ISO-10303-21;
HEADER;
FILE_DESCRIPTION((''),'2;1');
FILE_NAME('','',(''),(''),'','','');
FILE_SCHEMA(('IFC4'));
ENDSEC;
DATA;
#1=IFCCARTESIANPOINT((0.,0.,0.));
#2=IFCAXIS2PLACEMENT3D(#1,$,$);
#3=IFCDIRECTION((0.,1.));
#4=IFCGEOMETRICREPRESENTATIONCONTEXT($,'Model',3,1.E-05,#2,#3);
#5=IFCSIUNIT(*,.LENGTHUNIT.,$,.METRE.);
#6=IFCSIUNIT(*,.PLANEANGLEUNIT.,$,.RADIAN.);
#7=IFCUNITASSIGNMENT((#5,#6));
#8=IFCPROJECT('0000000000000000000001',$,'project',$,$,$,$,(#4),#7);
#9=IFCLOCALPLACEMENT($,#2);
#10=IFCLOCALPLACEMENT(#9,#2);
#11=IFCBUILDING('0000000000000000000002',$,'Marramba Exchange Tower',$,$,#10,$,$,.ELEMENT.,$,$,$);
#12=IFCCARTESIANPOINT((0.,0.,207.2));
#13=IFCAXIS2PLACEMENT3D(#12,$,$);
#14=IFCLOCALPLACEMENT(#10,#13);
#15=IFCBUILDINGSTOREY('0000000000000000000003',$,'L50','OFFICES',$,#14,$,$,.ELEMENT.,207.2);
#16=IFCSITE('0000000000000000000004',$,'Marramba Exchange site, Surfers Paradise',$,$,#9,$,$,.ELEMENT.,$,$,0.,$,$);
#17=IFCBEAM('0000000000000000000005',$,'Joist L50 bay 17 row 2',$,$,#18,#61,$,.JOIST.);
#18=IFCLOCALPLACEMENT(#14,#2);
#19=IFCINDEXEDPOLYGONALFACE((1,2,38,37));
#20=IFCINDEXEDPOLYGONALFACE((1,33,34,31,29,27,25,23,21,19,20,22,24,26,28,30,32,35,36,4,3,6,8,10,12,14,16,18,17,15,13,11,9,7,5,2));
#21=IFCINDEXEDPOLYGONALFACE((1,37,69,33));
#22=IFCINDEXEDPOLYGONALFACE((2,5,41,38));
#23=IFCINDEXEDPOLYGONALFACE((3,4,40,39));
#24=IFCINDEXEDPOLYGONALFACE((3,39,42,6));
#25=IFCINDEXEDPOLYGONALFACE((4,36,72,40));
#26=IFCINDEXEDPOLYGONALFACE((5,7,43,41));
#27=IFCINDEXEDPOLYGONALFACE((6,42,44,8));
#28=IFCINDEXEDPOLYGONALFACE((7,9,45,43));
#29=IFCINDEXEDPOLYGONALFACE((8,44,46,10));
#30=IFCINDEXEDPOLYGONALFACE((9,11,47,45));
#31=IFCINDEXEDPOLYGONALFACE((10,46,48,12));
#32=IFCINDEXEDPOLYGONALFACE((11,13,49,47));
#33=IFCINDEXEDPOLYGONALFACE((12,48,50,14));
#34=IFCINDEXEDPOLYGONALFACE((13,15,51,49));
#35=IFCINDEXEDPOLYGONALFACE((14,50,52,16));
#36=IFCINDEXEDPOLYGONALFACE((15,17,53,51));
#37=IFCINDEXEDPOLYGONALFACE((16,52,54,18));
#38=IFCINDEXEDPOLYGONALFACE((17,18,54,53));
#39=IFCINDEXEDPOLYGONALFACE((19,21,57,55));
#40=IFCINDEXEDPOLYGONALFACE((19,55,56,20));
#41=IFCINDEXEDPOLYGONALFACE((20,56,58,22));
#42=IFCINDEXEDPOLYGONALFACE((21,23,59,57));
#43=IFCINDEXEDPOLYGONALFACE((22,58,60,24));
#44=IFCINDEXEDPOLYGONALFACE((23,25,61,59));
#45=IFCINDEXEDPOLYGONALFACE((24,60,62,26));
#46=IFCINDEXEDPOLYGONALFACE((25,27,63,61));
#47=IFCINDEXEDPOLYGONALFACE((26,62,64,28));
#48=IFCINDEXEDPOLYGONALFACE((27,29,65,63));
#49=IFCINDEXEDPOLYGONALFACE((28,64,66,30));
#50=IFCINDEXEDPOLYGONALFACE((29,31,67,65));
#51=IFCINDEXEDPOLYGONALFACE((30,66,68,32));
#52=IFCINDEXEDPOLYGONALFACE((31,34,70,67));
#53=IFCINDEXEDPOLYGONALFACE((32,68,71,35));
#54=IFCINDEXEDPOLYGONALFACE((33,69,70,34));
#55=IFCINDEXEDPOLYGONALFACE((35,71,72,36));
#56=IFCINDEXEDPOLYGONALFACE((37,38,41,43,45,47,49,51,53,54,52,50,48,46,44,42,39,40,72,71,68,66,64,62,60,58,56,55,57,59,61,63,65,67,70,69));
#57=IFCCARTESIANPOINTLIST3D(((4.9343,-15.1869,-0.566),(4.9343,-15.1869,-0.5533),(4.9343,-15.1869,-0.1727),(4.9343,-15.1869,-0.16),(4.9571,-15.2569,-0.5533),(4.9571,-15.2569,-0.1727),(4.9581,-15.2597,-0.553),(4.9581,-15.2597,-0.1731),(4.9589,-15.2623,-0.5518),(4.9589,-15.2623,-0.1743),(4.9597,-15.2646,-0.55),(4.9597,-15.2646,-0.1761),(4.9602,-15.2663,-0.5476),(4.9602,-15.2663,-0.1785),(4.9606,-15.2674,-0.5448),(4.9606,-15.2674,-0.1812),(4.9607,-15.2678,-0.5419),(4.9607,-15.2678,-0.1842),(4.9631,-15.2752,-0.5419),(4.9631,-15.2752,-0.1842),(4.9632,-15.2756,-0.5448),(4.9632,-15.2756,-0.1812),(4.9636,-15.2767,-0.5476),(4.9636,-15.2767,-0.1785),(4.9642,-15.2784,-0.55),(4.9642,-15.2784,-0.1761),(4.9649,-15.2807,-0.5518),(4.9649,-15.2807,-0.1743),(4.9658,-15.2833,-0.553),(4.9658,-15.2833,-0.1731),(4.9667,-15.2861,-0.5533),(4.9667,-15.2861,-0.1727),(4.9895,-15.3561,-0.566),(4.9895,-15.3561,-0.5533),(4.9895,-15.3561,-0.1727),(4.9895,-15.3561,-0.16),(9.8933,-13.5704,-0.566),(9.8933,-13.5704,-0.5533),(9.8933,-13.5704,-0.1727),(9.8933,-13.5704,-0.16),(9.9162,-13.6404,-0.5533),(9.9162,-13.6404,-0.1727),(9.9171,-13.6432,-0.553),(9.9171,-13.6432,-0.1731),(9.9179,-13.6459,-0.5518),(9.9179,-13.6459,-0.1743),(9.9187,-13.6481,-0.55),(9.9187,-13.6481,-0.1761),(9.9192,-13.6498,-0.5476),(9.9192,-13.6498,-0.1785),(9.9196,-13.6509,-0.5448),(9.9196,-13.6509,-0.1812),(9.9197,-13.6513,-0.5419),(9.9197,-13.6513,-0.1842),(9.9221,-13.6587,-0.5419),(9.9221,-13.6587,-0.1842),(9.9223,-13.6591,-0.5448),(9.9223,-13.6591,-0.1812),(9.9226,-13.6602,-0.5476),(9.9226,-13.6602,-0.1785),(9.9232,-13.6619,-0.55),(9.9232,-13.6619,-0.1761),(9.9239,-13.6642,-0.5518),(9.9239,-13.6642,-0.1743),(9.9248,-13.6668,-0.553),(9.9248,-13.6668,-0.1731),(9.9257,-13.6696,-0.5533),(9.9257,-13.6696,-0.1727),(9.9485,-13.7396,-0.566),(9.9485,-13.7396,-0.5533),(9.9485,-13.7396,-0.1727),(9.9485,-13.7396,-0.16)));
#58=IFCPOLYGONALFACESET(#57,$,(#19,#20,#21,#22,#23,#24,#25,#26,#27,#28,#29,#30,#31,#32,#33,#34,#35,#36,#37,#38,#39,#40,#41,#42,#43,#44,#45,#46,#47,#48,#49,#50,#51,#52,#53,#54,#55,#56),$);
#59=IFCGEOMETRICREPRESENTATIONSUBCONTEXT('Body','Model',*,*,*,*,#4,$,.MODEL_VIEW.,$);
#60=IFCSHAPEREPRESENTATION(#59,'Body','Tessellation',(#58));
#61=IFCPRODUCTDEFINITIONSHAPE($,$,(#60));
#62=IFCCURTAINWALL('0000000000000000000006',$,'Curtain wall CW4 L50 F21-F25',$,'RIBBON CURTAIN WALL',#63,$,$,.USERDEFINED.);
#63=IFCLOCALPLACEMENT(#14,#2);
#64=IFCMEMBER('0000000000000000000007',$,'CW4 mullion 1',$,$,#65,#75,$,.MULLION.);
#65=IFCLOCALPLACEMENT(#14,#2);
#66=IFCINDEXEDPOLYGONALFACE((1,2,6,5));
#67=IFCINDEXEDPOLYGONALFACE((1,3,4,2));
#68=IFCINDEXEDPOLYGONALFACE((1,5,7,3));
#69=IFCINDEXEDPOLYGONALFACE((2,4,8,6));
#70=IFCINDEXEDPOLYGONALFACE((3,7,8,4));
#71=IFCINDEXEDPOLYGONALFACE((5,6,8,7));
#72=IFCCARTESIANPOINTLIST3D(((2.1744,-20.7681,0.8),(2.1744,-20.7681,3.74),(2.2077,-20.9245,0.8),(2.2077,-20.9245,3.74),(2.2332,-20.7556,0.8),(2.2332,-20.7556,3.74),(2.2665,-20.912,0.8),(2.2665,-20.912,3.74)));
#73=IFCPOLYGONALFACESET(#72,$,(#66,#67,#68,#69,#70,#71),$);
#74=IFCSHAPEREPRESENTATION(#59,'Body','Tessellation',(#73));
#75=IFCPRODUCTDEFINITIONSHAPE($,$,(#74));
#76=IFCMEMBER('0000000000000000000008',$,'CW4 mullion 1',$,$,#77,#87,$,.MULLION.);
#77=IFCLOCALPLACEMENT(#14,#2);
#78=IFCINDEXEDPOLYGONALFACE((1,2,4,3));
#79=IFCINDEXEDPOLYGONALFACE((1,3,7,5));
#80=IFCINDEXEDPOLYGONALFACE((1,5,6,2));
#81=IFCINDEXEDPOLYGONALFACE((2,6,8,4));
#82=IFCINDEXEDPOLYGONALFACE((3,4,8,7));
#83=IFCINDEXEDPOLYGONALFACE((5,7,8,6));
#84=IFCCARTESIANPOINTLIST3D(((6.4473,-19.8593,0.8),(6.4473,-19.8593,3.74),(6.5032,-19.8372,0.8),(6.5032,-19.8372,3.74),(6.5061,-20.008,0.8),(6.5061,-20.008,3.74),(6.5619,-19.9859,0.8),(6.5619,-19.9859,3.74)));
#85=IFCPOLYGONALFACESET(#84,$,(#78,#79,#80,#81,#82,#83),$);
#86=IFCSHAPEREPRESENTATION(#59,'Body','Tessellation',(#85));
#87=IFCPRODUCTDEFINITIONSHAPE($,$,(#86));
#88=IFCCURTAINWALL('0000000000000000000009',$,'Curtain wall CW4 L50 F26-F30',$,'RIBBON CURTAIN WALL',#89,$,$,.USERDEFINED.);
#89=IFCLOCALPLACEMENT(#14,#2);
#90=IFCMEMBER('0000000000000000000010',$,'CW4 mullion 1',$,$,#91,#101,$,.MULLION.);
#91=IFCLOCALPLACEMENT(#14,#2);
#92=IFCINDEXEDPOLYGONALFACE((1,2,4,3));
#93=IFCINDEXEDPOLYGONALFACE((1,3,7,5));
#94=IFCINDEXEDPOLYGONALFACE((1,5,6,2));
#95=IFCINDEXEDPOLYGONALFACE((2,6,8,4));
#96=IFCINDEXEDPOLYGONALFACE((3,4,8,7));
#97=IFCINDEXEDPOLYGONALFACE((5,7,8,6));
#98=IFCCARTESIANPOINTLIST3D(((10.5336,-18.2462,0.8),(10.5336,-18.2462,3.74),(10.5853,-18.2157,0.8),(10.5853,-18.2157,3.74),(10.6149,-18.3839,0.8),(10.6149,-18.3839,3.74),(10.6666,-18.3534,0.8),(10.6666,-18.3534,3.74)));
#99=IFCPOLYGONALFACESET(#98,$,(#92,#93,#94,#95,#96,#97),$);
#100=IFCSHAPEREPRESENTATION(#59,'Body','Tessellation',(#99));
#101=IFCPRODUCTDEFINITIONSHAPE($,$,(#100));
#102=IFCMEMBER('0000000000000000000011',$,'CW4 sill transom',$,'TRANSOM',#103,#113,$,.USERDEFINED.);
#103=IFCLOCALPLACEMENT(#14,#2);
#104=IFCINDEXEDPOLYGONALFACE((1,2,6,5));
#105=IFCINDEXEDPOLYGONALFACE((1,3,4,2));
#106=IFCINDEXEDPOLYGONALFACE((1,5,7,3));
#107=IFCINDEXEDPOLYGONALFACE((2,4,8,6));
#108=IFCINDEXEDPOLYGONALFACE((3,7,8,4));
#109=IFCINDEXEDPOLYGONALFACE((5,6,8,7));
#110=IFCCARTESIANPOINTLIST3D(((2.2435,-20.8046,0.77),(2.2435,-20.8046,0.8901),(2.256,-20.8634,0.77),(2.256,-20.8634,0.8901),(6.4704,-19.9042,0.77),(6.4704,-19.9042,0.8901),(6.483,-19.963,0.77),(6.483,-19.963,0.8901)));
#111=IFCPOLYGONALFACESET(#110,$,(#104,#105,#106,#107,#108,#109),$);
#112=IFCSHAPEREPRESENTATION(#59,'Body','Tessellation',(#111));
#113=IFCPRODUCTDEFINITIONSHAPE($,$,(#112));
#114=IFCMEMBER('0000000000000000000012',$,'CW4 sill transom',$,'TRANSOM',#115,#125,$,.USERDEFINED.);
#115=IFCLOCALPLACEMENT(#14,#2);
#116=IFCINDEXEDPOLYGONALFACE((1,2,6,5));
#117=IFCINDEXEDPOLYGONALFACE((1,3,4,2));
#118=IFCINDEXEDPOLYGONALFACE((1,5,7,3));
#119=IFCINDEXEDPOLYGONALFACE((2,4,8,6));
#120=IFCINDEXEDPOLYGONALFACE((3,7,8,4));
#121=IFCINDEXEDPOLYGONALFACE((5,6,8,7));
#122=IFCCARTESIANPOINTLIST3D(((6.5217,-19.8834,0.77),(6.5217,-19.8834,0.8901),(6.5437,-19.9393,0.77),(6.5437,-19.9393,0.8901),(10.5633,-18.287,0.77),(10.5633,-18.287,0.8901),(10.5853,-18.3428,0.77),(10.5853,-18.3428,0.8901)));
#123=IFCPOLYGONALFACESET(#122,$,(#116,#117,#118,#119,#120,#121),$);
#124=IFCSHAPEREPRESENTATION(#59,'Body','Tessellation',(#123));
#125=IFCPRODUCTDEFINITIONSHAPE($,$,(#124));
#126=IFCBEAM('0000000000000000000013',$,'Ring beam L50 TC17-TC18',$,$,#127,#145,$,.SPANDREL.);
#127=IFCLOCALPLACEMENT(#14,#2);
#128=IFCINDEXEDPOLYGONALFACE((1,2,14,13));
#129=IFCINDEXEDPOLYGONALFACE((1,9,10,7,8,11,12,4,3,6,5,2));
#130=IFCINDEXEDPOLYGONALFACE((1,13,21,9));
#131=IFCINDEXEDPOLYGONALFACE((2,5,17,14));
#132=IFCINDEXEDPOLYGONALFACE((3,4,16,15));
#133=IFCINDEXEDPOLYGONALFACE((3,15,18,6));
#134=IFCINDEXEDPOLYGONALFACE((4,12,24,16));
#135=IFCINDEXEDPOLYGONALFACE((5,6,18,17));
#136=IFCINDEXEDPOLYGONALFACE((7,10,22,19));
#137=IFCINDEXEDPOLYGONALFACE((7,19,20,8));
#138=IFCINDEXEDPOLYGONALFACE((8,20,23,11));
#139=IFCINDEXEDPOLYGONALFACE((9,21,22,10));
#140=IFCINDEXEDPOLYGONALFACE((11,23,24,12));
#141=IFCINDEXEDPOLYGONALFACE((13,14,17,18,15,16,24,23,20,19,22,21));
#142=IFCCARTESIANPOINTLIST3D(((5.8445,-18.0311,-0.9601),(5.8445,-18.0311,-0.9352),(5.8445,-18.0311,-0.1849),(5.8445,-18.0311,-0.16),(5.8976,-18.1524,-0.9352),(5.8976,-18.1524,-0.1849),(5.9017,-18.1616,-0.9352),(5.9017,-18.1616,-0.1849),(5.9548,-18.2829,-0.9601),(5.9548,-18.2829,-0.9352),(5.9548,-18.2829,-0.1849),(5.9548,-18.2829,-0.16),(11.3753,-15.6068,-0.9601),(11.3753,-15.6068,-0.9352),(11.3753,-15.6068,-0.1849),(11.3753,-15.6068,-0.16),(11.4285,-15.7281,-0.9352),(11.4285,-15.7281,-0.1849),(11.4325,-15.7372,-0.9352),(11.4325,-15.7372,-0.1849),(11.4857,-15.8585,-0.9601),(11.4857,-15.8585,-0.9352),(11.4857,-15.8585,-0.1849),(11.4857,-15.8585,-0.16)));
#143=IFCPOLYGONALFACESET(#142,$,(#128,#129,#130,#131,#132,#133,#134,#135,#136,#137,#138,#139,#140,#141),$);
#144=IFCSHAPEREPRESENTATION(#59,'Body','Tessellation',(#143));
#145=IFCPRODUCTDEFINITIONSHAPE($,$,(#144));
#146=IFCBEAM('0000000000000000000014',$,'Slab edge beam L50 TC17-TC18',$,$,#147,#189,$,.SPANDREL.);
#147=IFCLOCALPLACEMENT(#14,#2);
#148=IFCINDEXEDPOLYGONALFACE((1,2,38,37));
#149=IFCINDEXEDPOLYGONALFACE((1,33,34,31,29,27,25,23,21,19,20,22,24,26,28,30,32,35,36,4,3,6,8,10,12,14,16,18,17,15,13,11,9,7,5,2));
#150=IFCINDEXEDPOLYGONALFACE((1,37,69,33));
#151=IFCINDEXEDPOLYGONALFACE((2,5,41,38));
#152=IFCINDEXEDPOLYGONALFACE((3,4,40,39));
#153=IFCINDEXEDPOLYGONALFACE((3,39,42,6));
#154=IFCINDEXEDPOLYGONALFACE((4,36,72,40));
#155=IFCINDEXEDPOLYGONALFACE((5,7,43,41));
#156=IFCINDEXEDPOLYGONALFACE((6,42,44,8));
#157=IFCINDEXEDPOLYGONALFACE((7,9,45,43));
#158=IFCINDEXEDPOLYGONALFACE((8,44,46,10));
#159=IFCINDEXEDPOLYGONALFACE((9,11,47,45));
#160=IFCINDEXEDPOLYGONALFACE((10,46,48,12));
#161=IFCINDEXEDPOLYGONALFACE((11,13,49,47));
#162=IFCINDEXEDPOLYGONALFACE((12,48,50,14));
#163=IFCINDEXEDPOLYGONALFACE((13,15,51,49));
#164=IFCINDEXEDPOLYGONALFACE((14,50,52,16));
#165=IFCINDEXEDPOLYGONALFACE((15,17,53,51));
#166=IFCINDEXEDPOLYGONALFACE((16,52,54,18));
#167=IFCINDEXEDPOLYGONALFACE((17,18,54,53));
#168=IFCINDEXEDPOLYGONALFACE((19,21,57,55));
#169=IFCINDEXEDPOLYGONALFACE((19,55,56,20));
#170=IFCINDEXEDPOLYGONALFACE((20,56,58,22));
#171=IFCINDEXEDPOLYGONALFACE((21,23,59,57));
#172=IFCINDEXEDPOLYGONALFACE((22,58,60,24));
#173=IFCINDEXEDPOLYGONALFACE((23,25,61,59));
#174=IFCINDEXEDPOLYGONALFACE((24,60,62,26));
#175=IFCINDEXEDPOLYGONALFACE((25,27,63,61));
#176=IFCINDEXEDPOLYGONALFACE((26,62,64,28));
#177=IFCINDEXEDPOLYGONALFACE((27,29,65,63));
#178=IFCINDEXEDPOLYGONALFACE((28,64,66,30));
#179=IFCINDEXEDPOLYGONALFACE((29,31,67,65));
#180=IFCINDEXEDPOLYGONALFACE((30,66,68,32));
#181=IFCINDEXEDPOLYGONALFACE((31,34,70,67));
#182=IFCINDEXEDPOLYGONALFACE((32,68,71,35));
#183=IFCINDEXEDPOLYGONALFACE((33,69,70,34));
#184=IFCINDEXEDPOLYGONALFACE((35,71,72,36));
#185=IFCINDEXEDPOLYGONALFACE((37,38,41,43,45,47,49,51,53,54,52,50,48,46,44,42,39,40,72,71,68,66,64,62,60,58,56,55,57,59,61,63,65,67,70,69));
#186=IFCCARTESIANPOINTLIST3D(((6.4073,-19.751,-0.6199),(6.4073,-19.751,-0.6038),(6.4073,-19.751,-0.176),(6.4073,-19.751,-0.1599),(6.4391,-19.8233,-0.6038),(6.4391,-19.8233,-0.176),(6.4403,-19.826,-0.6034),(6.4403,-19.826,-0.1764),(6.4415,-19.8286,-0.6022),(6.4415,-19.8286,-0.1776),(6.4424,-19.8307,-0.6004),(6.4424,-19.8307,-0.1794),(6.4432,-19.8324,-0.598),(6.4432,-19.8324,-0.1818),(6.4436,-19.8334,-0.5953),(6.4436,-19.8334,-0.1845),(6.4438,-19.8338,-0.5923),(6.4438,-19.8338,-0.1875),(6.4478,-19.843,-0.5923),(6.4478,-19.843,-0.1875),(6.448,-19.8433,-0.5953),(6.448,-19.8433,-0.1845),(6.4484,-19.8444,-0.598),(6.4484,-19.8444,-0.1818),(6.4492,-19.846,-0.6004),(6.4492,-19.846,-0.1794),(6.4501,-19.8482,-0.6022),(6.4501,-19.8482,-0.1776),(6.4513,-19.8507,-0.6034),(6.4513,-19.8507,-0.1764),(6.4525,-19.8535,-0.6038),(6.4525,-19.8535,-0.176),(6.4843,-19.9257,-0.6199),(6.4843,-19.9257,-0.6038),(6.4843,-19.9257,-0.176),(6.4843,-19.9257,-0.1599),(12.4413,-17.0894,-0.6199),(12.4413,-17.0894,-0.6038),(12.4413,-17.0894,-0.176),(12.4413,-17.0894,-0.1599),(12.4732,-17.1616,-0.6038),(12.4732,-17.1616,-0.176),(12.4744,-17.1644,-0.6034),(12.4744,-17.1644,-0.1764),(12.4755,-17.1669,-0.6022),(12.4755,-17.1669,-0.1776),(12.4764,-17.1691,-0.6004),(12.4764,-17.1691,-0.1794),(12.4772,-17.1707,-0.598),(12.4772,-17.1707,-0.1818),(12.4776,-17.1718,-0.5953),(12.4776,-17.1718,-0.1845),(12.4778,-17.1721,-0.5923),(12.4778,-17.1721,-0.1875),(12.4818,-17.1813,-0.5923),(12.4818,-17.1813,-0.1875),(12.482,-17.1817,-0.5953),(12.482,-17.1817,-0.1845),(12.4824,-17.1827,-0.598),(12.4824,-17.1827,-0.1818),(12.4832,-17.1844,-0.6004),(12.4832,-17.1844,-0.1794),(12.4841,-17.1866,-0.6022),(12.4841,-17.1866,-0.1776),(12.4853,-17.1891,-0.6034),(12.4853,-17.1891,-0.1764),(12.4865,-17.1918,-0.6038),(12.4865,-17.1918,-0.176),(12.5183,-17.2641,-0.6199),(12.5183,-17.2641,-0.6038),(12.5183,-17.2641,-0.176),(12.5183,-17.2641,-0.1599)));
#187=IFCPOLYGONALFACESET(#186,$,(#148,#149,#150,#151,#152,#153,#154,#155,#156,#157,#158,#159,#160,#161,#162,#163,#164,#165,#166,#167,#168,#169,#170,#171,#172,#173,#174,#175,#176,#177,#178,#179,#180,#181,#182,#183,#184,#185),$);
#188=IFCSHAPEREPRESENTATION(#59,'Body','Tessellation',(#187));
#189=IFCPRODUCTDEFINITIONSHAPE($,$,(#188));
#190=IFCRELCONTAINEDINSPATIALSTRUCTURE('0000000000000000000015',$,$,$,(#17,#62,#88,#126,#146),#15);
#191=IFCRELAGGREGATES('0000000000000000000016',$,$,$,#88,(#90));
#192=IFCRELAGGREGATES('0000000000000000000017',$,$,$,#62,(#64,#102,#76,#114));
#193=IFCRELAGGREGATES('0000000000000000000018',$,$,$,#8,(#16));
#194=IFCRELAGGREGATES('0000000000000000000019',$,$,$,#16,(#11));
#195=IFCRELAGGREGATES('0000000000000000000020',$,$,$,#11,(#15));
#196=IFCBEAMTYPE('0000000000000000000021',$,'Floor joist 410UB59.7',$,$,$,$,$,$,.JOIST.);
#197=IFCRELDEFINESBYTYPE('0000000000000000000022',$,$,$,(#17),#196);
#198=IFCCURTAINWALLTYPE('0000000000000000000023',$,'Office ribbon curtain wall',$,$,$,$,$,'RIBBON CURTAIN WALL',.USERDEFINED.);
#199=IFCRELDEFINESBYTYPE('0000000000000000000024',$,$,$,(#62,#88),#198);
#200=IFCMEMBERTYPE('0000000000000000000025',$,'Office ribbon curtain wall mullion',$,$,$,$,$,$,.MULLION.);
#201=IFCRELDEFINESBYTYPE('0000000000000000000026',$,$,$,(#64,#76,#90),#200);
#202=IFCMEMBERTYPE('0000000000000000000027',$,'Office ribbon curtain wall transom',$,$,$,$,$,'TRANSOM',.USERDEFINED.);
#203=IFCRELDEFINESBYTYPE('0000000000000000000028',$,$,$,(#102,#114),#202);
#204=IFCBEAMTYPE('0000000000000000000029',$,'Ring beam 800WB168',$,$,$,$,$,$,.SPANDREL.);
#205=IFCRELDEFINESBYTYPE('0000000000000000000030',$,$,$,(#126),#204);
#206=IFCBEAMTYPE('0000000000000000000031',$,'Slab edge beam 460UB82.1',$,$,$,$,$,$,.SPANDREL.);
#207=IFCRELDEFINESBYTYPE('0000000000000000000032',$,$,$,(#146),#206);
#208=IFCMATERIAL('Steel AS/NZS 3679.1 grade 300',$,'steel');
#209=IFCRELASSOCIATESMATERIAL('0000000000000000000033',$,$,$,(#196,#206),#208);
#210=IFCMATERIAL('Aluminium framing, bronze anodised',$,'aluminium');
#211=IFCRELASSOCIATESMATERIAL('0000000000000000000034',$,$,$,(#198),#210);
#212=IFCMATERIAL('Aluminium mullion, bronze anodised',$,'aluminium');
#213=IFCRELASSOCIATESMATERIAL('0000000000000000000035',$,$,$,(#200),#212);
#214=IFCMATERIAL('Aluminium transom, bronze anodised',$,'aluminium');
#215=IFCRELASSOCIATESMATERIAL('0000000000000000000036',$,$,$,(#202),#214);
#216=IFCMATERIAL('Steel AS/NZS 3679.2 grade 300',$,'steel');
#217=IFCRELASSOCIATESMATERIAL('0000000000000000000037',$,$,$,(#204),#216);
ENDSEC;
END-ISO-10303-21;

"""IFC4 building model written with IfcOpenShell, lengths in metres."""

from ifc_helpers import new_model, si_unit, direction, frame, origin, origin_2d, place, context, subcontext, project, spatial, rectangle, i_section, extrude, material, material_profile, profile_set, type_object, element, aggregate, save


model = new_model("IFC4")

# Units and contexts
model_context = context("Model", 3, precision=1e-05, world=origin(), true_north=direction((0.0, 1.0)))
body_context = subcontext(model_context, "Body", "Model", "MODEL_VIEW")
ifc_project = project(units=[si_unit("LENGTHUNIT", "METRE"), si_unit("PLANEANGLEUNIT", "RADIAN")], contexts=[model_context])

# Site, building, storey
site_placement = place(None, origin())
site = spatial("IfcSite", under=ifc_project, at=site_placement, Name="Marramba Exchange site, Surfers Paradise", CompositionType="ELEMENT", RefElevation=0.0)
building_placement = place(site_placement, origin())
building = spatial("IfcBuilding", under=site, at=building_placement, Name="Marramba Exchange Tower", CompositionType="ELEMENT")
storey_placement = place(building_placement, frame((0.0, 0.0, 207.2)))
storey = spatial("IfcBuildingStorey", under=building, at=storey_placement, Name="L50", Description="OFFICES", CompositionType="ELEMENT", Elevation=207.2)

# Beam
ifc_material_1 = material(Name="Steel AS/NZS 3679.2 grade 300", Category="steel")
ifc_material_2 = material(Name="Steel AS/NZS 3679.1 grade 300", Category="steel")
ifc_material_profile_1 = material_profile(ifc_material_2, i_section(OverallWidth=0.178, OverallDepth=0.406, WebThickness=0.0078, FlangeThickness=0.0127, FilletRadius=0.0115, at=origin_2d()), Name="410UB59.7")
ifc_profile_set_1 = profile_set([ifc_material_profile_1], Name="Steel AS/NZS 3679.1 grade 300")
beam_type_1 = type_object("IfcBeamType", Name="Floor joist 410UB59.7", PredefinedType="JOIST", material=ifc_profile_set_1)
beam_1_placement = place(storey_placement, frame((4.9619, -15.2715, -0.363), z_axis=(0.950764, 0.309916, 0.0), x_axis=(-0.309916, 0.950764, 0.0)))
element("IfcBeam", 1, at=beam_1_placement, inside=storey, type_object=beam_type_1, Name="Joist L50 bay 17 row 2", PredefinedType="JOIST", context=body_context, shape_type="SweptSolid", body=[
    extrude(i_section(OverallWidth=0.178, OverallDepth=0.406, WebThickness=0.0078, FlangeThickness=0.0127, FilletRadius=0.0115, at=origin_2d()), origin(), (0.0, 0.0, 1.0), 5.2158),
])

# Curtain wall, members
ifc_material_3 = material(Name="Aluminium framing, bronze anodised", Category="aluminium")
curtain_wall_type = type_object("IfcCurtainWallType", Name="Office ribbon curtain wall", ElementType="RIBBON CURTAIN WALL", PredefinedType="USERDEFINED", material=ifc_material_3)
curtain_wall_1_placement = place(storey_placement, origin())
curtain_wall_1 = element("IfcCurtainWall", 2, at=curtain_wall_1_placement, inside=storey, type_object=curtain_wall_type, Name="Curtain wall CW4 L50 F21-F25", ObjectType="RIBBON CURTAIN WALL", PredefinedType="USERDEFINED")
ifc_material_4 = material(Name="Aluminium mullion, bronze anodised", Category="aluminium")
ifc_material_profile_2 = material_profile(ifc_material_4, rectangle(XDim=0.1599, YDim=0.0601, at=origin_2d()), Name="CW4 mullion 60x160")
ifc_profile_set_2 = profile_set([ifc_material_profile_2], Name="Aluminium mullion, bronze anodised")
member_type_1 = type_object("IfcMemberType", Name="Office ribbon curtain wall mullion", PredefinedType="MULLION", material=ifc_profile_set_2)
member_1_placement = place(storey_placement, frame((2.2205, -20.8401, 0.8), z_axis=(0.0, 0.0, 1.0), x_axis=(-0.208332, 0.978058, 0.0)))
member_1 = element("IfcMember", 3, at=member_1_placement, type_object=member_type_1, Name="CW4 mullion 1", PredefinedType="MULLION", context=body_context, shape_type="SweptSolid", body=[
    extrude(rectangle(XDim=0.1599, YDim=0.0601, at=origin_2d()), origin(), (0.0, 0.0, 1.0), 2.9399),
])
member_2_placement = place(storey_placement, frame((6.5046, -19.9226, 0.8), z_axis=(0.0, 0.0, 1.0), x_axis=(-0.367375, 0.930073, 0.0)))
member_2 = element("IfcMember", 4, at=member_2_placement, type_object=member_type_1, Name="CW4 mullion 1", PredefinedType="MULLION", context=body_context, shape_type="SweptSolid", body=[
    extrude(rectangle(XDim=0.1599, YDim=0.0601, at=origin_2d()), origin(), (0.0, 0.0, 1.0), 2.9399),
])

# Curtain wall, member
curtain_wall_2_placement = place(storey_placement, origin())
curtain_wall_2 = element("IfcCurtainWall", 5, at=curtain_wall_2_placement, inside=storey, type_object=curtain_wall_type, Name="Curtain wall CW4 L50 F26-F30", ObjectType="RIBBON CURTAIN WALL", PredefinedType="USERDEFINED")
member_3_placement = place(storey_placement, frame((10.6001, -18.2998, 0.8), z_axis=(0.0, 0.0, 1.0), x_axis=(-0.508011, 0.861351, 0.0)))
member_3 = element("IfcMember", 6, at=member_3_placement, type_object=member_type_1, Name="CW4 mullion 1", PredefinedType="MULLION", context=body_context, shape_type="SweptSolid", body=[
    extrude(rectangle(XDim=0.1599, YDim=0.0601, at=origin_2d()), origin(), (0.0, 0.0, 1.0), 2.9399),
])
aggregate(curtain_wall_2, [member_3])

# Members
ifc_material_5 = material(Name="Aluminium transom, bronze anodised", Category="aluminium")
ifc_material_profile_3 = material_profile(ifc_material_5, rectangle(XDim=0.0601, YDim=0.1201, at=origin_2d()), Name="CW4 transom 60x120")
ifc_profile_set_3 = profile_set([ifc_material_profile_3], Name="Aluminium transom, bronze anodised")
member_type_2 = type_object("IfcMemberType", Name="Office ribbon curtain wall transom", ElementType="TRANSOM", PredefinedType="USERDEFINED", material=ifc_profile_set_3)
member_4_placement = place(storey_placement, frame((2.2498, -20.834, 0.8301), z_axis=(0.978058, 0.208333, 0.0), x_axis=(-0.208333, 0.978058, 0.0)))
member_4 = element("IfcMember", 7, at=member_4_placement, type_object=member_type_2, Name="CW4 sill transom", ObjectType="TRANSOM", PredefinedType="USERDEFINED", context=body_context, shape_type="SweptSolid", body=[
    extrude(rectangle(XDim=0.0601, YDim=0.1201, at=origin_2d()), origin(), (0.0, 0.0, 1.0), 4.3218),
])
member_5_placement = place(storey_placement, frame((6.5327, -19.9114, 0.8301), z_axis=(0.930068, 0.367387, 0.0), x_axis=(-0.367387, 0.930068, 0.0)))
member_5 = element("IfcMember", 8, at=member_5_placement, type_object=member_type_2, Name="CW4 sill transom", ObjectType="TRANSOM", PredefinedType="USERDEFINED", context=body_context, shape_type="SweptSolid", body=[
    extrude(rectangle(XDim=0.0601, YDim=0.1201, at=origin_2d()), origin(), (0.0, 0.0, 1.0), 4.3455),
])

# Beams
ifc_material_profile_4 = material_profile(ifc_material_1, i_section(OverallWidth=0.2749, OverallDepth=0.8, WebThickness=0.01, FlangeThickness=0.0249, at=origin_2d()), Name="800WB168")
ifc_profile_set_4 = profile_set([ifc_material_profile_4], Name="Steel AS/NZS 3679.2 grade 300")
beam_type_2 = type_object("IfcBeamType", Name="Ring beam 800WB168", PredefinedType="SPANDREL", material=ifc_profile_set_4)
beam_2_placement = place(storey_placement, frame((5.8997, -18.157, -0.5601), z_axis=(0.915877, 0.401459, 0.0), x_axis=(-0.401459, 0.915877, 0.0)))
element("IfcBeam", 9, at=beam_2_placement, inside=storey, type_object=beam_type_2, Name="Ring beam L50 TC17-TC18", PredefinedType="SPANDREL", context=body_context, shape_type="SweptSolid", body=[
    extrude(i_section(OverallWidth=0.2749, OverallDepth=0.8, WebThickness=0.01, FlangeThickness=0.0249, at=origin_2d()), origin(), (0.0, 0.0, 1.0), 6.0388),
])
ifc_material_profile_5 = material_profile(ifc_material_2, i_section(OverallWidth=0.1909, OverallDepth=0.46, WebThickness=0.01, FlangeThickness=0.0161, FilletRadius=0.0115, at=origin_2d()), Name="460UB82.1")
ifc_profile_set_5 = profile_set([ifc_material_profile_5], Name="Steel AS/NZS 3679.1 grade 300")
beam_type_3 = type_object("IfcBeamType", Name="Slab edge beam 460UB82.1", PredefinedType="SPANDREL", material=ifc_profile_set_5)
beam_3_placement = place(storey_placement, frame((6.4458, -19.8384, -0.3899), z_axis=(0.914941, 0.403588, 0.0), x_axis=(-0.403588, 0.914941, 0.0)))
element("IfcBeam", 10, at=beam_3_placement, inside=storey, type_object=beam_type_3, Name="Slab edge beam L50 TC17-TC18", PredefinedType="SPANDREL", context=body_context, shape_type="SweptSolid", body=[
    extrude(i_section(OverallWidth=0.1909, OverallDepth=0.46, WebThickness=0.01, FlangeThickness=0.0161, FilletRadius=0.0115, at=origin_2d()), origin(), (0.0, 0.0, 1.0), 6.595),
])

aggregate(curtain_wall_1, [member_1, member_4, member_2, member_5])

save(model, "model.ifc")
